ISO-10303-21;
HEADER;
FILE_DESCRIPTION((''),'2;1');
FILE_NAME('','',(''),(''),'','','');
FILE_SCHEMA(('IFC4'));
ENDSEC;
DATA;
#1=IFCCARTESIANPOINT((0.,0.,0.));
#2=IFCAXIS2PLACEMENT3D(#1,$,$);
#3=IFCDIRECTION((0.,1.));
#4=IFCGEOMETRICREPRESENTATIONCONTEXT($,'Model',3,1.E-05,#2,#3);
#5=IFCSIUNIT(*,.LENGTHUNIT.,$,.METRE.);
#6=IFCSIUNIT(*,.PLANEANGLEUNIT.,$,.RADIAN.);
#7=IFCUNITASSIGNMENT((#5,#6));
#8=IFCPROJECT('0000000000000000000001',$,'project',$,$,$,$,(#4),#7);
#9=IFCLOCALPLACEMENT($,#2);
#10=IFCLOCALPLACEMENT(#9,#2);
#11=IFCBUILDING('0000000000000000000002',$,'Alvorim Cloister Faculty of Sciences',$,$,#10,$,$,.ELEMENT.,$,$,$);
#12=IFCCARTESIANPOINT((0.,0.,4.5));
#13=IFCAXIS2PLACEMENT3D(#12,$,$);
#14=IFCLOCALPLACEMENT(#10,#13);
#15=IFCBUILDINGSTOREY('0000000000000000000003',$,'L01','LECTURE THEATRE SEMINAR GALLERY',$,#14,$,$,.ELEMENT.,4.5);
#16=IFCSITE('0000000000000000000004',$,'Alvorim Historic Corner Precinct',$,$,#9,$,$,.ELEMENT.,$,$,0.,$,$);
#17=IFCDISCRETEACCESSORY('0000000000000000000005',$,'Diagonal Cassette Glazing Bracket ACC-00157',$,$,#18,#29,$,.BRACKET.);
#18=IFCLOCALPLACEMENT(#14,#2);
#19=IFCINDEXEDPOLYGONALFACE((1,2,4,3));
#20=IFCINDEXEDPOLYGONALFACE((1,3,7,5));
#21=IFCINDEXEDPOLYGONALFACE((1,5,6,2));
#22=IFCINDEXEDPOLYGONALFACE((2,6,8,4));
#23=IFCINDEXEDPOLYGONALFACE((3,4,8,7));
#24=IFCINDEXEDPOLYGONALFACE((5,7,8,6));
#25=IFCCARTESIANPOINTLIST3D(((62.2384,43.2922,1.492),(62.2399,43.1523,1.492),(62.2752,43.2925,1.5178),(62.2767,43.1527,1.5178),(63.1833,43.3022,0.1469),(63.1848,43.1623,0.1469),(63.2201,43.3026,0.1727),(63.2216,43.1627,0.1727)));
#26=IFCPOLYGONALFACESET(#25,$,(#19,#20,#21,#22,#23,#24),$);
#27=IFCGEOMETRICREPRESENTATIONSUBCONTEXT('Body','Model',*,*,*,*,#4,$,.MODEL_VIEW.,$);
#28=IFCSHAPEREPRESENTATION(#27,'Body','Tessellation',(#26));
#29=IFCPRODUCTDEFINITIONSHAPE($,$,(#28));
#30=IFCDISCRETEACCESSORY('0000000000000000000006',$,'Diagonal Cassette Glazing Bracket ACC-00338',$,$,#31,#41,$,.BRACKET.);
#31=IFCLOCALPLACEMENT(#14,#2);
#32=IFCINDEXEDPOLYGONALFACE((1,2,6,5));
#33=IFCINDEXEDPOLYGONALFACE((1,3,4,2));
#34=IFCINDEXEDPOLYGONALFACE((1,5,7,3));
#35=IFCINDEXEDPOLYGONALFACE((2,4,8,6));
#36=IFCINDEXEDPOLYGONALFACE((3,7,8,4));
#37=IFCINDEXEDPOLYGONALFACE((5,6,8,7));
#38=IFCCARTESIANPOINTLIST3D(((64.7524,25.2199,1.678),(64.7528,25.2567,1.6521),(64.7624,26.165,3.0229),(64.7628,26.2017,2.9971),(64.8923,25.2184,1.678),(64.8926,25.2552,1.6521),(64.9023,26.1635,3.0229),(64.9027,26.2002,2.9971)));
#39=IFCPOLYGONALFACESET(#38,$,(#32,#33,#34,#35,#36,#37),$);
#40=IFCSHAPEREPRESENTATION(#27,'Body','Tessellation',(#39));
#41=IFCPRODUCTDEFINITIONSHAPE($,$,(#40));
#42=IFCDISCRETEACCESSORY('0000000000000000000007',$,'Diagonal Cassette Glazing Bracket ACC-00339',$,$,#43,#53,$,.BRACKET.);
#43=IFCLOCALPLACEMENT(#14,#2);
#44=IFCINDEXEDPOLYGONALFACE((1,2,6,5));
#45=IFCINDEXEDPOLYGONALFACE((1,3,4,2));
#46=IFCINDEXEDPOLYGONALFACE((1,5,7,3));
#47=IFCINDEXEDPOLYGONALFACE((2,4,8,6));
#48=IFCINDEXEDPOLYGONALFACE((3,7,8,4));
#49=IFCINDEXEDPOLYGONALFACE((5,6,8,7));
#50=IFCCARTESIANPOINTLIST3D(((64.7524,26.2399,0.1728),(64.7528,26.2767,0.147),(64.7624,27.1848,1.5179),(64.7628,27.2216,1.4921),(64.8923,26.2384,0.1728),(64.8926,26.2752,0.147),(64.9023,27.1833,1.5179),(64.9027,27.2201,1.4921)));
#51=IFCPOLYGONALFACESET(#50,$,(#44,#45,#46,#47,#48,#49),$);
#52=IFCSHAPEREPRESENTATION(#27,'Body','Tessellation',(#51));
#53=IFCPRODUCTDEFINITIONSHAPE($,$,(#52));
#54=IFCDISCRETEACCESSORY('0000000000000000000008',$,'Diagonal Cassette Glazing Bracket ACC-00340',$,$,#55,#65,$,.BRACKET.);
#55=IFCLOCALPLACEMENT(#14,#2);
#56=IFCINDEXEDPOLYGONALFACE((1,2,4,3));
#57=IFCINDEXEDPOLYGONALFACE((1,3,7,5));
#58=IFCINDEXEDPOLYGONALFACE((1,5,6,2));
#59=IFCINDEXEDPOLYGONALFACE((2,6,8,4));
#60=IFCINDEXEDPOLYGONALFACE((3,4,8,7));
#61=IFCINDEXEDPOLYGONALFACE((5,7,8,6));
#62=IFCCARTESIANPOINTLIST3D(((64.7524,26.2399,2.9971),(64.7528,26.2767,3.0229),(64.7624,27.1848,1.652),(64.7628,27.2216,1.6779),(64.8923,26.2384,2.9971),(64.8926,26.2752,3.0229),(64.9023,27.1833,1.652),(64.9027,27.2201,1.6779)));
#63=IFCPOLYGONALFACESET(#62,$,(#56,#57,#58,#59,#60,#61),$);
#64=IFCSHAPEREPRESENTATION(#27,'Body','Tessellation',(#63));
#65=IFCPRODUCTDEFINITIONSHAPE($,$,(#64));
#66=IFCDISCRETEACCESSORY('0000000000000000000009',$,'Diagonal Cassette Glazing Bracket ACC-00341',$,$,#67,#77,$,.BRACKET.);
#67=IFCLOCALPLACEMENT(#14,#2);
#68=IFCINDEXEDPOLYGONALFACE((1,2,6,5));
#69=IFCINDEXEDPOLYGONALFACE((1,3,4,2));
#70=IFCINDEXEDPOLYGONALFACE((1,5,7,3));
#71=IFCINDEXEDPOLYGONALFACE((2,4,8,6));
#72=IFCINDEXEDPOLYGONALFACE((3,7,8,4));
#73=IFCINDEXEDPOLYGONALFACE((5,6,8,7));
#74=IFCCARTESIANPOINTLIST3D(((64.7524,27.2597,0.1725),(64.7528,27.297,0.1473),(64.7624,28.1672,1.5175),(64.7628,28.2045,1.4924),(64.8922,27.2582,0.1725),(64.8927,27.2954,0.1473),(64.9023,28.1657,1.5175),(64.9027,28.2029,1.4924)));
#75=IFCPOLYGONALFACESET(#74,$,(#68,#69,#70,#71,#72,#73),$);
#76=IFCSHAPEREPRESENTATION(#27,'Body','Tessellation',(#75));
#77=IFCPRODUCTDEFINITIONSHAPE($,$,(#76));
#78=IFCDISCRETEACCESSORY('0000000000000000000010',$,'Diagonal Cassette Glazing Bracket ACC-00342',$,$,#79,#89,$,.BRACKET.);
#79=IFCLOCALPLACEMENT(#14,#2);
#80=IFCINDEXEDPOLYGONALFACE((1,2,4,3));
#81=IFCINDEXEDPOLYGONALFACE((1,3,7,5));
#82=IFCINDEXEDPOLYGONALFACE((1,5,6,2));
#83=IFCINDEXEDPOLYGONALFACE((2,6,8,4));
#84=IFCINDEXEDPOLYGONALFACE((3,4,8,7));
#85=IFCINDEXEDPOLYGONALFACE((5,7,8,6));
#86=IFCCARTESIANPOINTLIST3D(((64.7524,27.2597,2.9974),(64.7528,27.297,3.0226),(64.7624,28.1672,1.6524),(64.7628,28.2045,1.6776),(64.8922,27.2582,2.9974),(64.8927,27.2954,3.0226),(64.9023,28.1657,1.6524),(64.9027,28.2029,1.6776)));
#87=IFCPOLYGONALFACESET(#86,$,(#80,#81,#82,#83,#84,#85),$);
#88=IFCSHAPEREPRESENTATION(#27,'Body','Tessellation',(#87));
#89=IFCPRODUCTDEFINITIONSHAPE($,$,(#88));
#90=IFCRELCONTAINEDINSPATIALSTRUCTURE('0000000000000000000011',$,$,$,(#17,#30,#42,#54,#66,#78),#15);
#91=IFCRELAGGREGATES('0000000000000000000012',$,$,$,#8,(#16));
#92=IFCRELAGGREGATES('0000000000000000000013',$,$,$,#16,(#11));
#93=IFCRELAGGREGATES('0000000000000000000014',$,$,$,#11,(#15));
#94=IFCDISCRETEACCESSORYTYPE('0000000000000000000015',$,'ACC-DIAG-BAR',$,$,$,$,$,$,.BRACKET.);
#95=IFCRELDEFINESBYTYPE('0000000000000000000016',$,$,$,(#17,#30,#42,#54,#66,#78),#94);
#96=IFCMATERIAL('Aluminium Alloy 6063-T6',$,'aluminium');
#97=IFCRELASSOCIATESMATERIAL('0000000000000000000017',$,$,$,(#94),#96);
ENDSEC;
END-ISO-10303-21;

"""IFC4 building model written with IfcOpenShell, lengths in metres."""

from ifc_helpers import new_model, si_unit, direction, frame, origin, origin_2d, place, context, subcontext, project, spatial, rectangle, extrude, material, type_object, element, save


model = new_model("IFC4")

# Units and contexts
model_context = context("Model", 3, precision=1e-05, world=origin(), true_north=direction((0.0, 1.0)))
body_context = subcontext(model_context, "Body", "Model", "MODEL_VIEW")
ifc_project = project(units=[si_unit("LENGTHUNIT", "METRE"), si_unit("PLANEANGLEUNIT", "RADIAN")], contexts=[model_context])

# Site, building, storey
site_placement = place(None, origin())
site = spatial("IfcSite", under=ifc_project, at=site_placement, Name="Alvorim Historic Corner Precinct", CompositionType="ELEMENT", RefElevation=0.0)
building_placement = place(site_placement, origin())
building = spatial("IfcBuilding", under=site, at=building_placement, Name="Alvorim Cloister Faculty of Sciences", CompositionType="ELEMENT")
storey_placement = place(building_placement, frame((0.0, 0.0, 4.5)))
storey = spatial("IfcBuildingStorey", under=building, at=storey_placement, Name="L01", Description="LECTURE THEATRE SEMINAR GALLERY", CompositionType="ELEMENT", Elevation=4.5)

# Shared definitions
ifc_material_1 = material(Name="Aluminium Alloy 6063-T6", Category="aluminium")

# Discrete accessories
discrete_accessory_type = type_object("IfcDiscreteAccessoryType", Name="ACC-DIAG-BAR", PredefinedType="BRACKET", material=ifc_material_1)
for number, where, z_axis, x_axis, name in (
    (1, (62.2576, 43.2224, 1.5049), (0.574817, 0.00609, -0.81826), (-0.010594, 0.999944, 0.0), "Diagonal Cassette Glazing Bracket ACC-00157"),
    (2, (64.8225, 25.2375, 1.665), (0.006089, 0.574916, 0.81819), (-0.999944, 0.010591, 0.0), "Diagonal Cassette Glazing Bracket ACC-00338"),
    (3, (64.8225, 26.2576, 0.1599), (0.00609, 0.574817, 0.81826), (-0.999944, 0.010594, 0.0), "Diagonal Cassette Glazing Bracket ACC-00339"),
    (4, (64.8225, 26.2576, 3.01), (0.00609, 0.574817, -0.81826), (-0.999944, 0.010594, 0.0), "Diagonal Cassette Glazing Bracket ACC-00340"),
):
    element("IfcDiscreteAccessory", number, at=place(storey_placement, frame(where, z_axis=z_axis, x_axis=x_axis)), inside=storey, type_object=discrete_accessory_type, Name=name, PredefinedType="BRACKET", context=body_context, shape_type="SweptSolid", body=[
        extrude(rectangle(XDim=0.1399, YDim=0.0449, at=origin_2d()), origin(), (0.0, 0.0, 1.0), 1.6438),
    ])
for number, where, z_axis, x_axis, name in (
    (5, (64.8225, 27.2776, 0.1599), (0.006169, 0.559299, 0.828943), (-0.999939, 0.01103, 0.0), "Diagonal Cassette Glazing Bracket ACC-00341"),
    (6, (64.8225, 27.2776, 3.01), (0.006169, 0.559299, -0.828943), (-0.999939, 0.01103, 0.0), "Diagonal Cassette Glazing Bracket ACC-00342"),
):
    element("IfcDiscreteAccessory", number, at=place(storey_placement, frame(where, z_axis=z_axis, x_axis=x_axis)), inside=storey, type_object=discrete_accessory_type, Name=name, PredefinedType="BRACKET", context=body_context, shape_type="SweptSolid", body=[
        extrude(rectangle(XDim=0.1399, YDim=0.0449, at=origin_2d()), origin(), (0.0, 0.0, 1.0), 1.6226),
    ])

save(model, "model.ifc")
